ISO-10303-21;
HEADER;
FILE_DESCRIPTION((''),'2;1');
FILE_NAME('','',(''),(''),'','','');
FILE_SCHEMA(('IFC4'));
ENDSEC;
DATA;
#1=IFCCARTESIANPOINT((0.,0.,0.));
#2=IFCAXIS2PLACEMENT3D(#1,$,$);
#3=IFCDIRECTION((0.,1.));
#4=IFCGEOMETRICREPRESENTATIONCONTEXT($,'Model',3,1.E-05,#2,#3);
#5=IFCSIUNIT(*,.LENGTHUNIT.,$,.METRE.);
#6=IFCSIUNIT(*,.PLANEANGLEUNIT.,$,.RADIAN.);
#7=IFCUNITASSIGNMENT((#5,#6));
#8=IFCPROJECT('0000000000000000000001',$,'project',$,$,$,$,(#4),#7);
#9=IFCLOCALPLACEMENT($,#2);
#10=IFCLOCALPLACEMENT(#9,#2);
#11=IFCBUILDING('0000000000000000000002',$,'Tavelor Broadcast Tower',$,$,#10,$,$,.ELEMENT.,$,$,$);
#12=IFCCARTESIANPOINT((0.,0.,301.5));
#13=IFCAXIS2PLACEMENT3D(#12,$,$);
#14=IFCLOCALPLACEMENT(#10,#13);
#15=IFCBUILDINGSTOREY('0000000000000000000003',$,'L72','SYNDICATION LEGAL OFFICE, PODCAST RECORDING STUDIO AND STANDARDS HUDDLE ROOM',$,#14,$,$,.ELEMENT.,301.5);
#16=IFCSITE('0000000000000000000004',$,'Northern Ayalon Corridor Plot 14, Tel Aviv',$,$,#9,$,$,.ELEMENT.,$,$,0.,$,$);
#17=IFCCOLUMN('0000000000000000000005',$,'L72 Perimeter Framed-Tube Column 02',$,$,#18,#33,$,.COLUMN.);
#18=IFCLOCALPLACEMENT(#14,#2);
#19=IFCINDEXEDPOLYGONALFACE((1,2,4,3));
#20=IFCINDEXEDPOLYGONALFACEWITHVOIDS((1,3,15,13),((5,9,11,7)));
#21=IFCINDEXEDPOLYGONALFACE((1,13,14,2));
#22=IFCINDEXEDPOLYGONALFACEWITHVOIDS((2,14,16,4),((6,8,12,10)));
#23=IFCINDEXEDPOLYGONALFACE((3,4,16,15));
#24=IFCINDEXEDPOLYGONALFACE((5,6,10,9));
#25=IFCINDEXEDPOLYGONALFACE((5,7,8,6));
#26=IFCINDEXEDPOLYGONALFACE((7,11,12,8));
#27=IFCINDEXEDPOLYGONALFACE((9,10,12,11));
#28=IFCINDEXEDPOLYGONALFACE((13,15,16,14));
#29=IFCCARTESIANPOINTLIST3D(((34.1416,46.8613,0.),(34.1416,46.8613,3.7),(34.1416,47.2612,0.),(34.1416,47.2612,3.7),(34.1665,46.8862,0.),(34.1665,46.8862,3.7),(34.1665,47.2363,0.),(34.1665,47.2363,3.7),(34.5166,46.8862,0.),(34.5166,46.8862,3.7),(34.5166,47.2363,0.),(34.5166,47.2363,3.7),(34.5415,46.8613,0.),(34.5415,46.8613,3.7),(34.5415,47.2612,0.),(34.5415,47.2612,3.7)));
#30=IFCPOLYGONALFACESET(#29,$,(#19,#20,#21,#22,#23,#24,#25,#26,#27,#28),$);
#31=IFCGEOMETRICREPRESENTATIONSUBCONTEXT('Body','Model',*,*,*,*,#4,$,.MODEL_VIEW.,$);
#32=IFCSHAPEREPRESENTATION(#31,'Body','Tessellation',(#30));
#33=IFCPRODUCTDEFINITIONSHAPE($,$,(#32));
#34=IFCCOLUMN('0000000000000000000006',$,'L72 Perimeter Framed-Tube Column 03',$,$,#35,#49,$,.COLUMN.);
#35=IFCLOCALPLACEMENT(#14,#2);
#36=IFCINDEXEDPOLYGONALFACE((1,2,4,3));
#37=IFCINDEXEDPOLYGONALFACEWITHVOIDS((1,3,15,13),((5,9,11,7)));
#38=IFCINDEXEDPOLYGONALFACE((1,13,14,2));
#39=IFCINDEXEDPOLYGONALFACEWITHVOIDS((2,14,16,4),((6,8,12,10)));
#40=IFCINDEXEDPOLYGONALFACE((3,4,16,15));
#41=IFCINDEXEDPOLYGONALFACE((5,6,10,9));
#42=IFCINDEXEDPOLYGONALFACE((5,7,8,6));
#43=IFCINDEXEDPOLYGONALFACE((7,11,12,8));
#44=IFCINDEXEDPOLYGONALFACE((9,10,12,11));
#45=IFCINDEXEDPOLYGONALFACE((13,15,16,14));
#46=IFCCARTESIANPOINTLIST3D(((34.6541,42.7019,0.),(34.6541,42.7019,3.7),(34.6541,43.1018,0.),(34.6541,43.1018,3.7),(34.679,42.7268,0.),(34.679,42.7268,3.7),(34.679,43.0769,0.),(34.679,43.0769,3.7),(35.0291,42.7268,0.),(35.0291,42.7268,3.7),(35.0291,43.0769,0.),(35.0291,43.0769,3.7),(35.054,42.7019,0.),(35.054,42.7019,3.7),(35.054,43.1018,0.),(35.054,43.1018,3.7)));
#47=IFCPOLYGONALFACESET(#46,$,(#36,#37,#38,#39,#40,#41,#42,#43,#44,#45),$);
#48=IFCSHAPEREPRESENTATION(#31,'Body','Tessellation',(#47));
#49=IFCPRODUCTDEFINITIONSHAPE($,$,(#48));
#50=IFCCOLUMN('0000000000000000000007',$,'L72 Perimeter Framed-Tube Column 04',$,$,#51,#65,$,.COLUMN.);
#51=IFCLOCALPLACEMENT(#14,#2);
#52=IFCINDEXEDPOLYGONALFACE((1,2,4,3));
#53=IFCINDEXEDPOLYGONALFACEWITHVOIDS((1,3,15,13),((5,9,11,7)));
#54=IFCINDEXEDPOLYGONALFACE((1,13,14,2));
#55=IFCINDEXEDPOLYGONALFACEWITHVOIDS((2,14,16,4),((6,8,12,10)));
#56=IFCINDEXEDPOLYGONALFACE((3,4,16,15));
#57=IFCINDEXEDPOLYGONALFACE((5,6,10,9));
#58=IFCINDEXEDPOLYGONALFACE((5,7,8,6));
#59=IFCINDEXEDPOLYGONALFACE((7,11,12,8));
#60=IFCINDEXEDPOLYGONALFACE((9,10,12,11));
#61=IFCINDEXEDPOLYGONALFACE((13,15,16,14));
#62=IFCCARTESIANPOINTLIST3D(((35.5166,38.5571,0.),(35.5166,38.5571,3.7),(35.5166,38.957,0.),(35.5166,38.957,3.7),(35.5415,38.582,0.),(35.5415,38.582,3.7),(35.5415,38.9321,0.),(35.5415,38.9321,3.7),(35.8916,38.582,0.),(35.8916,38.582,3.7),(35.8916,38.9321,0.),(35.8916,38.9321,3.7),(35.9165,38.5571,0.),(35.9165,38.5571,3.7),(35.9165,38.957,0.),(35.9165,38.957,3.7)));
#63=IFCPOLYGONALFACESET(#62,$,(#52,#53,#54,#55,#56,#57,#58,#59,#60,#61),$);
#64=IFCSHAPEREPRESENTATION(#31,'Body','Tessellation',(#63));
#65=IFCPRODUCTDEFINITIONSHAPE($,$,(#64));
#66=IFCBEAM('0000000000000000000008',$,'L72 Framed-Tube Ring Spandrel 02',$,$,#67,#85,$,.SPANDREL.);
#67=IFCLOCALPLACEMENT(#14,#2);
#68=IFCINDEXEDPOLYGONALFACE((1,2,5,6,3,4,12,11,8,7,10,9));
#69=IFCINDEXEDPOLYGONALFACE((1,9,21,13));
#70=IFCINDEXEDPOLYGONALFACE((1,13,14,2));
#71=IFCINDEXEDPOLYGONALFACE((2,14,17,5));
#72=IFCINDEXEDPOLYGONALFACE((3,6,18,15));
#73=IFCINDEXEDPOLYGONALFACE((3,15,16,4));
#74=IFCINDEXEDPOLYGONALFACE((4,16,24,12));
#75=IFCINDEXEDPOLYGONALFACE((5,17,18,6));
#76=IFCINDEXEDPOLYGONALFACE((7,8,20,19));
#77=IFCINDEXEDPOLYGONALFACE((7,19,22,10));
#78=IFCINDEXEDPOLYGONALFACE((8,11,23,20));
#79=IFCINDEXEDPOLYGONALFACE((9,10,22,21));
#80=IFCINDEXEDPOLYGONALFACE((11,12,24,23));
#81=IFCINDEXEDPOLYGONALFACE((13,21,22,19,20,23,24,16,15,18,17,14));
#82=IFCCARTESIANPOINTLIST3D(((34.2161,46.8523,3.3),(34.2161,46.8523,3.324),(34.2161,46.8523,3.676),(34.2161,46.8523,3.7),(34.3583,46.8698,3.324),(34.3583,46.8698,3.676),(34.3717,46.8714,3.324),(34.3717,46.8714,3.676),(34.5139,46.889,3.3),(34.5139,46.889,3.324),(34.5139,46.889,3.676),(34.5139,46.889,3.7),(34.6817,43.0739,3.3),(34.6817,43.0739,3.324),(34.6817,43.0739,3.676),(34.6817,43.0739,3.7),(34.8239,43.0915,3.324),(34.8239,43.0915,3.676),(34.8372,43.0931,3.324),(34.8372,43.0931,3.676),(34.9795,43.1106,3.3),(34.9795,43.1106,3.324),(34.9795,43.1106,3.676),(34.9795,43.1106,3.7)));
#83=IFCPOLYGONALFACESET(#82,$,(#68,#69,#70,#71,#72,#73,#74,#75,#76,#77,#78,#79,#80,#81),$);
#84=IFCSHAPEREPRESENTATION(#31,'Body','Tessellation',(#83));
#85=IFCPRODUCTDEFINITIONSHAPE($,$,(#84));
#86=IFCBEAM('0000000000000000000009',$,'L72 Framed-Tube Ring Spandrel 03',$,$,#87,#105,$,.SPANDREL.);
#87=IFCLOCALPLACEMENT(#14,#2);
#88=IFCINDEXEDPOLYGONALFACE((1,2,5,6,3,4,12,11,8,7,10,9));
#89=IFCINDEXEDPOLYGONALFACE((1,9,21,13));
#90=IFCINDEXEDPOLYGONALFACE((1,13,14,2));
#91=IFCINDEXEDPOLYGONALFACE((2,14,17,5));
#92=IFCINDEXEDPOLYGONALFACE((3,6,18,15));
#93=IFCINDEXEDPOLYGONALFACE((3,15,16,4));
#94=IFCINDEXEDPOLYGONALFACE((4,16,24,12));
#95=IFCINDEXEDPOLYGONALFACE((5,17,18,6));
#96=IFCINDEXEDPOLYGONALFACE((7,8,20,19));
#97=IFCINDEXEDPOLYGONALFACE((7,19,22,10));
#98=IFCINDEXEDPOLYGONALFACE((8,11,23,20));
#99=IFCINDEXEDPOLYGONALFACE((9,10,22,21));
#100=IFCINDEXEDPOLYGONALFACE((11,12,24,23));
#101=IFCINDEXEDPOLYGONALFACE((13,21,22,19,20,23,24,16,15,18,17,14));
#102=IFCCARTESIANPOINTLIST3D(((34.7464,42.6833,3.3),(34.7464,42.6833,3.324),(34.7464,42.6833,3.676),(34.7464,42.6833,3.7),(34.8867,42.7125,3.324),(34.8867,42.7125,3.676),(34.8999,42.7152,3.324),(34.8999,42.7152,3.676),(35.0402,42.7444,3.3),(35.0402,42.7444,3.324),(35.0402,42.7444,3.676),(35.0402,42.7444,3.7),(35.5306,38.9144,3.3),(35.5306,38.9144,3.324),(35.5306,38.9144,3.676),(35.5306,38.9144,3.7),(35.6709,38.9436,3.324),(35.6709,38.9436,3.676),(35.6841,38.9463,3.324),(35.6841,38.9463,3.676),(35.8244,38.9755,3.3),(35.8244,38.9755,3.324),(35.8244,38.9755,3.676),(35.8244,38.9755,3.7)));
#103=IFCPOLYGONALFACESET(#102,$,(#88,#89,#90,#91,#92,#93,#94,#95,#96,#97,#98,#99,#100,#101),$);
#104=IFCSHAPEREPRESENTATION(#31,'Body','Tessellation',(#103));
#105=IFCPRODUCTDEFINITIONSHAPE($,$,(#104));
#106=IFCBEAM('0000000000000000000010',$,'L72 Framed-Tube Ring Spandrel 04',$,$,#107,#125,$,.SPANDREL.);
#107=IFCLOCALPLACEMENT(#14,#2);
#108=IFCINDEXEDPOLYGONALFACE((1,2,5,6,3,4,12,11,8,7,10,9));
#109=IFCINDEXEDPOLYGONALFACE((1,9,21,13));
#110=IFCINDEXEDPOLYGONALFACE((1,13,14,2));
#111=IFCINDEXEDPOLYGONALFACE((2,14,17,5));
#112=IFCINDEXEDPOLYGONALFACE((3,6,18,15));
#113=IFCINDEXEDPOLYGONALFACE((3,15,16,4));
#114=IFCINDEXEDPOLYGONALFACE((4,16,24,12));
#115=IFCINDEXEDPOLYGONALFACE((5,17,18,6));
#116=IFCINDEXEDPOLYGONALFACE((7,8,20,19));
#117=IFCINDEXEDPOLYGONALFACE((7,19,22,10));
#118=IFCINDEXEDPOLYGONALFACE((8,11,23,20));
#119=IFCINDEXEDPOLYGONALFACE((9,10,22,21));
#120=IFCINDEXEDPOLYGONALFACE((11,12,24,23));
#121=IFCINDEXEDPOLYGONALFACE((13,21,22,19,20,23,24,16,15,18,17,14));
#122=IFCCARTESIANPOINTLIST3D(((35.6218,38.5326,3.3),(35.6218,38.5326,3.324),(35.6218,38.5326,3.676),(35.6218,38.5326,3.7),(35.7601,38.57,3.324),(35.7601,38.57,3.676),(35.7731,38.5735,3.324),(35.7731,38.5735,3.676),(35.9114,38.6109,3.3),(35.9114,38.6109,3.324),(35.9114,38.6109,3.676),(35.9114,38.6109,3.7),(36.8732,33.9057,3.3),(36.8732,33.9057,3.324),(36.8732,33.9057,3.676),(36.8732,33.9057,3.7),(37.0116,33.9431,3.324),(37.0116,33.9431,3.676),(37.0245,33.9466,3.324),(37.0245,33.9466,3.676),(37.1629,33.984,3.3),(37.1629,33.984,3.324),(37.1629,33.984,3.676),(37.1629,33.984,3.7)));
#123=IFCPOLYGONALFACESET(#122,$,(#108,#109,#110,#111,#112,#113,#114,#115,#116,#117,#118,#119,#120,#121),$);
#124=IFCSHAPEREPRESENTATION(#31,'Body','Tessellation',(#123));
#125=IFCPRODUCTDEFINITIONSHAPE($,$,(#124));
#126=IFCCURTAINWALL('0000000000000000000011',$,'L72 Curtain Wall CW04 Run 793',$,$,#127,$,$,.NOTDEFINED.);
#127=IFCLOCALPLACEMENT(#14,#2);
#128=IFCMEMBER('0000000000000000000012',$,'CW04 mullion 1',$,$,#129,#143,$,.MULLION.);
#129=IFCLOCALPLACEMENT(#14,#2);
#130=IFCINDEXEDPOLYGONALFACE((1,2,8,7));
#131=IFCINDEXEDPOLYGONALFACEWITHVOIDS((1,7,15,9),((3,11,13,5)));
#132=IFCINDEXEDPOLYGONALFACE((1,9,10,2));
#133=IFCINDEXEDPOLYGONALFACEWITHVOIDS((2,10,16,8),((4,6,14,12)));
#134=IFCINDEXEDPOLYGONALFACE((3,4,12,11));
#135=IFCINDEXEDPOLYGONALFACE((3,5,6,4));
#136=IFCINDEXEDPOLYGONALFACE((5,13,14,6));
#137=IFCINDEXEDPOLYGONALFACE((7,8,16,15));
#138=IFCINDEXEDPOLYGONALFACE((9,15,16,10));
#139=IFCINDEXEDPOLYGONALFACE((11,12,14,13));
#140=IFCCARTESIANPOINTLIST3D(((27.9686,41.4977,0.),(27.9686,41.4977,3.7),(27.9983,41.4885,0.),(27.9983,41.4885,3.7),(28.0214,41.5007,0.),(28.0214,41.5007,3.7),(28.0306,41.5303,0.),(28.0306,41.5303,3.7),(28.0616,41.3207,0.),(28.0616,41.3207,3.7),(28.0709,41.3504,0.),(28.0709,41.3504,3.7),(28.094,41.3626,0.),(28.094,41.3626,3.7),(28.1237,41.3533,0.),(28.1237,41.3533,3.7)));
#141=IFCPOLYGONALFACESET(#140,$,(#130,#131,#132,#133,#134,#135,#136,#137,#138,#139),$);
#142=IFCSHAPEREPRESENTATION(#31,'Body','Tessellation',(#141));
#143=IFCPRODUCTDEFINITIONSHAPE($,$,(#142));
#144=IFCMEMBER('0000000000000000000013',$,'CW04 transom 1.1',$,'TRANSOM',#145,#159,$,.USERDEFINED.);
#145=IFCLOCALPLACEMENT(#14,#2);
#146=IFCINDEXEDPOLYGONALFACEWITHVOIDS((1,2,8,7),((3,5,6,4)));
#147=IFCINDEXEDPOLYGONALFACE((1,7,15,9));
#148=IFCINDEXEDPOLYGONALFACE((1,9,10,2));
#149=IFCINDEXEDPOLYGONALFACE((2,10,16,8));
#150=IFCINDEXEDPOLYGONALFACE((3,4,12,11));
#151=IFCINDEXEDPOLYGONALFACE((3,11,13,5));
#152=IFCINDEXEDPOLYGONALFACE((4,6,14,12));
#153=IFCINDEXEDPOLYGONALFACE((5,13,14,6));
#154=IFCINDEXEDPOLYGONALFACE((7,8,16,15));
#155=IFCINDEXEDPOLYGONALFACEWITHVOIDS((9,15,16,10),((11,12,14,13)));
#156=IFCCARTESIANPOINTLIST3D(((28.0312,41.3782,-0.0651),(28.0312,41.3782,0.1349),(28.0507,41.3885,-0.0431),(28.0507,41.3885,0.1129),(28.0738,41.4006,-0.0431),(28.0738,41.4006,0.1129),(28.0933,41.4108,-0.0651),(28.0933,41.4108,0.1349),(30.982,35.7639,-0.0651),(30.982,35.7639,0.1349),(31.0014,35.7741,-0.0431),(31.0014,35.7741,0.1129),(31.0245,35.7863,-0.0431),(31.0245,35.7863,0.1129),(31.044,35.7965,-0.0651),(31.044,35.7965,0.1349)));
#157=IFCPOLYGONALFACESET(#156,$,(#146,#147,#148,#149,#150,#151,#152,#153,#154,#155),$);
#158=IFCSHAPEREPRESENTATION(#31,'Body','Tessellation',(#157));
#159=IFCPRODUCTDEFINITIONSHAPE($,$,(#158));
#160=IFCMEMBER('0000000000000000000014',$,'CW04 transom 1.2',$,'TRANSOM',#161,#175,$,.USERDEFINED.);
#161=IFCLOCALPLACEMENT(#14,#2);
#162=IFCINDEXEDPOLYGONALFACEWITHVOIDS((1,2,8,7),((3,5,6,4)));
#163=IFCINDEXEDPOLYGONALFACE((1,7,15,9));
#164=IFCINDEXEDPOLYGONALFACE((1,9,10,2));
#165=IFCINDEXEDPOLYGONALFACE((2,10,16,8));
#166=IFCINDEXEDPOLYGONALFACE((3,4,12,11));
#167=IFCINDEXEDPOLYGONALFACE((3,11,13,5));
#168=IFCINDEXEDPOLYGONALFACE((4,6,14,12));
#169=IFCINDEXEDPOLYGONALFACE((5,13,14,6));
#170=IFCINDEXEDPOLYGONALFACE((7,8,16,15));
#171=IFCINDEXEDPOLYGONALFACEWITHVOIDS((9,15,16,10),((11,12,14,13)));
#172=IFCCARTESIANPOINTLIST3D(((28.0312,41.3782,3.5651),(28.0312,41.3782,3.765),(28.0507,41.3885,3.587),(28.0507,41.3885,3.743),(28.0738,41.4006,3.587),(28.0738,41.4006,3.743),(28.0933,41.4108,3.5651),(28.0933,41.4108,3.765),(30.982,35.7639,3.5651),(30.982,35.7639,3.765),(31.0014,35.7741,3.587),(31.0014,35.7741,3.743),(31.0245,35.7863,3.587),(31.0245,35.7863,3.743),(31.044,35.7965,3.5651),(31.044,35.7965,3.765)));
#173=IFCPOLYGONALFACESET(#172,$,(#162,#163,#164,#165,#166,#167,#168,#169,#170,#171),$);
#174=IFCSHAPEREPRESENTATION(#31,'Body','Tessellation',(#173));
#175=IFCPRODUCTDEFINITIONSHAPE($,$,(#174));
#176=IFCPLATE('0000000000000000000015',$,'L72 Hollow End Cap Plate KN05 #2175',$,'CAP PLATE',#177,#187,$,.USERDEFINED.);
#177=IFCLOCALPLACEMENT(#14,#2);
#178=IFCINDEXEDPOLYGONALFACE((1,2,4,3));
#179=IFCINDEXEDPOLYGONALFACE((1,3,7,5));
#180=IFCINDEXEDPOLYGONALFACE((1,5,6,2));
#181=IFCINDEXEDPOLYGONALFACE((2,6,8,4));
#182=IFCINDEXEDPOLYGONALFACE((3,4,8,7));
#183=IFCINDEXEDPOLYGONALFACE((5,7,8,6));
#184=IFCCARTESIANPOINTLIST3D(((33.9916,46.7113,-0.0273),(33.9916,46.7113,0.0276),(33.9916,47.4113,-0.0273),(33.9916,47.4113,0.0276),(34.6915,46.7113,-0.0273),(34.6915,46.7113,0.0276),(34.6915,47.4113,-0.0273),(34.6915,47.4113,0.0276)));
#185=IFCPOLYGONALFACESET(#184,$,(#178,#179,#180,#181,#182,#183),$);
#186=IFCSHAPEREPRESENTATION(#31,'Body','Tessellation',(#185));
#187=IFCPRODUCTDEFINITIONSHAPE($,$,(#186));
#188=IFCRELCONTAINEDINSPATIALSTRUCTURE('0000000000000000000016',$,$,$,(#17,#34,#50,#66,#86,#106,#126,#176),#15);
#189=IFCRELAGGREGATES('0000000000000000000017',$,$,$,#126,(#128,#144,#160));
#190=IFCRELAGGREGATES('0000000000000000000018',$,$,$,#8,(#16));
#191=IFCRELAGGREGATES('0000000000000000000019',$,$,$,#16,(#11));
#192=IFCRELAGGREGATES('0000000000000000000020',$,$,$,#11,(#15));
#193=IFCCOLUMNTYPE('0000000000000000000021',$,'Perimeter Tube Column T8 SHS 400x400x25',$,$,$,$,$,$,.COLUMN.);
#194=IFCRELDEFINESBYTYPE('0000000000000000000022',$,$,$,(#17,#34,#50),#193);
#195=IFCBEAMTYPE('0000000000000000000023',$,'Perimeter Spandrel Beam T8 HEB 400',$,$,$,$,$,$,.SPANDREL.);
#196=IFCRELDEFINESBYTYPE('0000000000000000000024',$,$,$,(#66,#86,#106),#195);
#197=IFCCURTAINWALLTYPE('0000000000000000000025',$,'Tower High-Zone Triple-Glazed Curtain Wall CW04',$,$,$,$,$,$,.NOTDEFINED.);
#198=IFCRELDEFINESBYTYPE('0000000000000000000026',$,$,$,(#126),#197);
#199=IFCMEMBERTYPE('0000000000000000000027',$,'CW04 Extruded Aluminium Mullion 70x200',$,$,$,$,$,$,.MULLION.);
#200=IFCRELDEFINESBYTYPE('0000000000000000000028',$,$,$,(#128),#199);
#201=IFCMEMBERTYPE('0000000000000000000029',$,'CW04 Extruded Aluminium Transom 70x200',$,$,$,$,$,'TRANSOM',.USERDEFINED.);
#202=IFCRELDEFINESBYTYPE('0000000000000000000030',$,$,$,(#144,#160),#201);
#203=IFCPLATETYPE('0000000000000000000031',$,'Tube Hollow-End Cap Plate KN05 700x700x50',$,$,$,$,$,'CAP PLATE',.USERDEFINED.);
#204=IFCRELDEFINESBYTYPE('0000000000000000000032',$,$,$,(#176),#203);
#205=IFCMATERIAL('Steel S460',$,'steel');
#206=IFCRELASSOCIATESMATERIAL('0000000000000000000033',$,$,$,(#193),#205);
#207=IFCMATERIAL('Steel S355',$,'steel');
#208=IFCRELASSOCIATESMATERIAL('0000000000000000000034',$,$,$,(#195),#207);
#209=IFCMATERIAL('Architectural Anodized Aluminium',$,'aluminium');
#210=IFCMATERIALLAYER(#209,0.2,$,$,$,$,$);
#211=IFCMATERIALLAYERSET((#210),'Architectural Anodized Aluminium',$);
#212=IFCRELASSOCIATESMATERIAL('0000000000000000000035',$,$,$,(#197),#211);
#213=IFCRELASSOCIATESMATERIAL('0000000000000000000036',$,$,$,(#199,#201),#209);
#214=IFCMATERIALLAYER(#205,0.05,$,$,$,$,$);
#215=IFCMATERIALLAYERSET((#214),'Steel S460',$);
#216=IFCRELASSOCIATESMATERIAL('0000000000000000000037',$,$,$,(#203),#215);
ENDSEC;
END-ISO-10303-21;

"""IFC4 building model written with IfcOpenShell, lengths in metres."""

from ifc_helpers import new_model, si_unit, direction, frame, origin, origin_2d, place, context, subcontext, project, spatial, rectangle, hollow_rectangle, i_section, extrude, source, transform, mapped, material, layer, layer_set, material_profile, profile_set, type_object, type_shapes, element, aggregate, save


model = new_model("IFC4")

# Units and contexts
model_context = context("Model", 3, precision=1e-05, world=origin(), true_north=direction((0.0, 1.0)))
body_context = subcontext(model_context, "Body", "Model", "MODEL_VIEW")
ifc_project = project(units=[si_unit("LENGTHUNIT", "METRE"), si_unit("PLANEANGLEUNIT", "RADIAN")], contexts=[model_context])

# Site, building, storey
site_placement = place(None, origin())
site = spatial("IfcSite", under=ifc_project, at=site_placement, Name="Northern Ayalon Corridor Plot 14, Tel Aviv", CompositionType="ELEMENT", RefElevation=0.0)
building_placement = place(site_placement, origin())
building = spatial("IfcBuilding", under=site, at=building_placement, Name="Tavelor Broadcast Tower", CompositionType="ELEMENT")
storey_placement = place(building_placement, frame((0.0, 0.0, 301.5)))
storey = spatial("IfcBuildingStorey", under=building, at=storey_placement, Name="L72", Description="SYNDICATION LEGAL OFFICE, PODCAST RECORDING STUDIO AND STANDARDS HUDDLE ROOM", CompositionType="ELEMENT", Elevation=301.5)

# Columns
ifc_material_1 = material(Name="Steel S460", Category="steel")
ifc_material_profile_1 = material_profile(ifc_material_1, hollow_rectangle(XDim=0.3999, YDim=0.3999, WallThickness=0.0249, at=origin_2d()), Name="SHS 400x400x25")
ifc_profile_set_1 = profile_set([ifc_material_profile_1], Name="Steel S460")
column_type = type_object("IfcColumnType", Name="Perimeter Tube Column T8 SHS 400x400x25", PredefinedType="COLUMN", material=ifc_profile_set_1)
for number, where, z_axis, x_axis, name in (
    (1, (34.3416, 47.0613, 0.0), (0.0, 0.0, 1.0), (1.0, 0.0, 0.0), "L72 Perimeter Framed-Tube Column 02"),
    (2, (34.854, 42.9019, 0.0), (0.0, 0.0, 1.0), (1.0, 0.0, 0.0), "L72 Perimeter Framed-Tube Column 03"),
    (3, (35.7166, 38.7571, 0.0), (0.0, 0.0, 1.0), (1.0, 0.0, 0.0), "L72 Perimeter Framed-Tube Column 04"),
):
    element("IfcColumn", number, at=place(storey_placement, frame(where, z_axis=z_axis, x_axis=x_axis)), inside=storey, type_object=column_type, Name=name, PredefinedType="COLUMN", context=body_context, shape_type="SweptSolid", body=[
        extrude(hollow_rectangle(XDim=0.3999, YDim=0.3999, WallThickness=0.0249, at=origin_2d()), origin(), (0.0, 0.0, 1.0), 3.7),
    ])

# Beams
ifc_material_2 = material(Name="Steel S355", Category="steel")
ifc_material_profile_2 = material_profile(ifc_material_2, i_section(OverallWidth=0.3, OverallDepth=0.3999, WebThickness=0.0134, FlangeThickness=0.0239, at=origin_2d()), Name="HEB 400")
ifc_profile_set_2 = profile_set([ifc_material_profile_2], Name="Steel S355")
beam_type = type_object("IfcBeamType", Name="Perimeter Spandrel Beam T8 HEB 400", PredefinedType="SPANDREL", material=ifc_profile_set_2)
beam_1_placement = place(storey_placement, frame((34.365, 46.8706, 3.5), z_axis=(0.122298, -0.992493, 0.0), x_axis=(0.992493, 0.122298, 0.0)))
element("IfcBeam", 4, at=beam_1_placement, inside=storey, type_object=beam_type, Name="L72 Framed-Tube Ring Spandrel 02", PredefinedType="SPANDREL", context=body_context, shape_type="SweptSolid", body=[
    extrude(i_section(OverallWidth=0.3, OverallDepth=0.3999, WebThickness=0.0134, FlangeThickness=0.0239, at=origin_2d()), origin(), (0.0, 0.0, 1.0), 3.8069),
])
beam_2_placement = place(storey_placement, frame((34.8933, 42.7139, 3.5), z_axis=(0.203709, -0.979032, 0.0), x_axis=(0.979032, 0.203709, 0.0)))
element("IfcBeam", 5, at=beam_2_placement, inside=storey, type_object=beam_type, Name="L72 Framed-Tube Ring Spandrel 03", PredefinedType="SPANDREL", context=body_context, shape_type="SweptSolid", body=[
    extrude(i_section(OverallWidth=0.3, OverallDepth=0.3999, WebThickness=0.0134, FlangeThickness=0.0239, at=origin_2d()), origin(), (0.0, 0.0, 1.0), 3.8496),
])
beam_3_placement = place(storey_placement, frame((35.7666, 38.5718, 3.5), z_axis=(0.261091, -0.965314, 0.0), x_axis=(0.965314, 0.261091, 0.0)))
element("IfcBeam", 6, at=beam_3_placement, inside=storey, type_object=beam_type, Name="L72 Framed-Tube Ring Spandrel 04", PredefinedType="SPANDREL", context=body_context, shape_type="SweptSolid", body=[
    extrude(i_section(OverallWidth=0.3, OverallDepth=0.3999, WebThickness=0.0134, FlangeThickness=0.0239, at=origin_2d()), origin(), (0.0, 0.0, 1.0), 4.7932),
])

# Curtain wall, members
ifc_material_3 = material(Name="Architectural Anodized Aluminium", Category="aluminium")
ifc_layer_1 = layer(ifc_material_3, 0.2)
ifc_layer_set_1 = layer_set([ifc_layer_1], Name="Architectural Anodized Aluminium")
curtain_wall_type = type_object("IfcCurtainWallType", Name="Tower High-Zone Triple-Glazed Curtain Wall CW04", PredefinedType="NOTDEFINED", material=ifc_layer_set_1)
curtain_wall_placement = place(storey_placement, origin())
curtain_wall = element("IfcCurtainWall", 7, at=curtain_wall_placement, inside=storey, type_object=curtain_wall_type, Name="L72 Curtain Wall CW04 Run 793", PredefinedType="NOTDEFINED")
ifc_material_profile_3 = material_profile(ifc_material_3, hollow_rectangle(XDim=0.0701, YDim=0.2, WallThickness=0.022, at=origin_2d()), Name="RHS 70x200x22")
ifc_profile_set_3 = profile_set([ifc_material_profile_3], Name="Architectural Anodized Aluminium")
member_type_1 = type_object("IfcMemberType", Name="CW04 Extruded Aluminium Mullion 70x200", PredefinedType="MULLION", material=ifc_profile_set_3)
shared_shape_1 = source(origin(), body_context, "Body", "SweptSolid", [
    extrude(hollow_rectangle(XDim=0.0701, YDim=0.2, WallThickness=0.022, at=origin_2d()), origin(), (0.0, 0.0, 1.0), 3.7),
])
type_shapes(member_type_1, [shared_shape_1])
member_1_placement = place(storey_placement, frame((28.0461, 41.4255, 0.0), z_axis=(0.0, 0.0, 1.0), x_axis=(0.885195, 0.465221, 0.0)))
member_1 = element("IfcMember", 8, at=member_1_placement, type_object=member_type_1, Name="CW04 mullion 1", PredefinedType="MULLION", context=body_context, shape_type="MappedRepresentation", body=[
    mapped(shared_shape_1, transform((0.0, 0.0, 0.0), scale=1.0)),
])
ifc_material_profile_4 = material_profile(ifc_material_3, hollow_rectangle(XDim=0.0701, YDim=0.2, WallThickness=0.022, at=origin_2d()), Name="RHS 70x200x22")
ifc_profile_set_4 = profile_set([ifc_material_profile_4], Name="Architectural Anodized Aluminium")
member_type_2 = type_object("IfcMemberType", Name="CW04 Extruded Aluminium Transom 70x200", ElementType="TRANSOM", PredefinedType="USERDEFINED", material=ifc_profile_set_4)
shared_shape_2 = source(origin(), body_context, "Body", "SweptSolid", [
    extrude(hollow_rectangle(XDim=0.0701, YDim=0.2, WallThickness=0.022, at=origin_2d()), origin(), (0.0, 0.0, 1.0), 6.3425),
])
type_shapes(member_type_2, [shared_shape_2])
member_2_placement = place(storey_placement, frame((28.0623, 41.3945, 0.0349), z_axis=(0.465229, -0.88519, 0.0), x_axis=(0.88519, 0.465229, 0.0)))
member_2 = element("IfcMember", 9, at=member_2_placement, type_object=member_type_2, Name="CW04 transom 1.1", ObjectType="TRANSOM", PredefinedType="USERDEFINED", context=body_context, shape_type="MappedRepresentation", body=[
    mapped(shared_shape_2, transform((0.0, 0.0, 0.0), scale=1.0)),
])
member_3_placement = place(storey_placement, frame((28.0623, 41.3945, 3.665), z_axis=(0.465229, -0.88519, 0.0), x_axis=(0.88519, 0.465229, 0.0)))
member_3 = element("IfcMember", 10, at=member_3_placement, type_object=member_type_2, Name="CW04 transom 1.2", ObjectType="TRANSOM", PredefinedType="USERDEFINED", context=body_context, shape_type="MappedRepresentation", body=[
    mapped(shared_shape_2, transform((0.0, 0.0, 0.0), scale=1.0)),
])

# Plate
ifc_layer_2 = layer(ifc_material_1, 0.05)
ifc_layer_set_2 = layer_set([ifc_layer_2], Name="Steel S460")
plate_type_1 = type_object("IfcPlateType", Name="Tube Hollow-End Cap Plate KN05 700x700x50", ElementType="CAP PLATE", PredefinedType="USERDEFINED", material=ifc_layer_set_2)
shared_shape_3 = source(origin(), body_context, "Body", "SweptSolid", [
    extrude(rectangle(XDim=0.7, YDim=0.7, at=origin_2d()), origin(), (0.0, 0.0, 1.0), 0.0549),
])
type_shapes(plate_type_1, [shared_shape_3])
for number, where, z_axis, x_axis, name in (
    (11, (34.3416, 47.0613, -0.0273), (0.0, 0.0, 1.0), (1.0, 0.0, 0.0), "L72 Hollow End Cap Plate KN05 #2175"),
):
    element("IfcPlate", number, at=place(storey_placement, frame(where, z_axis=z_axis, x_axis=x_axis)), inside=storey, type_object=plate_type_1, Name=name, ObjectType="CAP PLATE", PredefinedType="USERDEFINED", context=body_context, shape_type="MappedRepresentation", body=[
        mapped(shared_shape_3, transform((0.0, 0.0, 0.0), scale=1.0)),
    ])

aggregate(curtain_wall, [member_1, member_2, member_3])

save(model, "model.ifc")
